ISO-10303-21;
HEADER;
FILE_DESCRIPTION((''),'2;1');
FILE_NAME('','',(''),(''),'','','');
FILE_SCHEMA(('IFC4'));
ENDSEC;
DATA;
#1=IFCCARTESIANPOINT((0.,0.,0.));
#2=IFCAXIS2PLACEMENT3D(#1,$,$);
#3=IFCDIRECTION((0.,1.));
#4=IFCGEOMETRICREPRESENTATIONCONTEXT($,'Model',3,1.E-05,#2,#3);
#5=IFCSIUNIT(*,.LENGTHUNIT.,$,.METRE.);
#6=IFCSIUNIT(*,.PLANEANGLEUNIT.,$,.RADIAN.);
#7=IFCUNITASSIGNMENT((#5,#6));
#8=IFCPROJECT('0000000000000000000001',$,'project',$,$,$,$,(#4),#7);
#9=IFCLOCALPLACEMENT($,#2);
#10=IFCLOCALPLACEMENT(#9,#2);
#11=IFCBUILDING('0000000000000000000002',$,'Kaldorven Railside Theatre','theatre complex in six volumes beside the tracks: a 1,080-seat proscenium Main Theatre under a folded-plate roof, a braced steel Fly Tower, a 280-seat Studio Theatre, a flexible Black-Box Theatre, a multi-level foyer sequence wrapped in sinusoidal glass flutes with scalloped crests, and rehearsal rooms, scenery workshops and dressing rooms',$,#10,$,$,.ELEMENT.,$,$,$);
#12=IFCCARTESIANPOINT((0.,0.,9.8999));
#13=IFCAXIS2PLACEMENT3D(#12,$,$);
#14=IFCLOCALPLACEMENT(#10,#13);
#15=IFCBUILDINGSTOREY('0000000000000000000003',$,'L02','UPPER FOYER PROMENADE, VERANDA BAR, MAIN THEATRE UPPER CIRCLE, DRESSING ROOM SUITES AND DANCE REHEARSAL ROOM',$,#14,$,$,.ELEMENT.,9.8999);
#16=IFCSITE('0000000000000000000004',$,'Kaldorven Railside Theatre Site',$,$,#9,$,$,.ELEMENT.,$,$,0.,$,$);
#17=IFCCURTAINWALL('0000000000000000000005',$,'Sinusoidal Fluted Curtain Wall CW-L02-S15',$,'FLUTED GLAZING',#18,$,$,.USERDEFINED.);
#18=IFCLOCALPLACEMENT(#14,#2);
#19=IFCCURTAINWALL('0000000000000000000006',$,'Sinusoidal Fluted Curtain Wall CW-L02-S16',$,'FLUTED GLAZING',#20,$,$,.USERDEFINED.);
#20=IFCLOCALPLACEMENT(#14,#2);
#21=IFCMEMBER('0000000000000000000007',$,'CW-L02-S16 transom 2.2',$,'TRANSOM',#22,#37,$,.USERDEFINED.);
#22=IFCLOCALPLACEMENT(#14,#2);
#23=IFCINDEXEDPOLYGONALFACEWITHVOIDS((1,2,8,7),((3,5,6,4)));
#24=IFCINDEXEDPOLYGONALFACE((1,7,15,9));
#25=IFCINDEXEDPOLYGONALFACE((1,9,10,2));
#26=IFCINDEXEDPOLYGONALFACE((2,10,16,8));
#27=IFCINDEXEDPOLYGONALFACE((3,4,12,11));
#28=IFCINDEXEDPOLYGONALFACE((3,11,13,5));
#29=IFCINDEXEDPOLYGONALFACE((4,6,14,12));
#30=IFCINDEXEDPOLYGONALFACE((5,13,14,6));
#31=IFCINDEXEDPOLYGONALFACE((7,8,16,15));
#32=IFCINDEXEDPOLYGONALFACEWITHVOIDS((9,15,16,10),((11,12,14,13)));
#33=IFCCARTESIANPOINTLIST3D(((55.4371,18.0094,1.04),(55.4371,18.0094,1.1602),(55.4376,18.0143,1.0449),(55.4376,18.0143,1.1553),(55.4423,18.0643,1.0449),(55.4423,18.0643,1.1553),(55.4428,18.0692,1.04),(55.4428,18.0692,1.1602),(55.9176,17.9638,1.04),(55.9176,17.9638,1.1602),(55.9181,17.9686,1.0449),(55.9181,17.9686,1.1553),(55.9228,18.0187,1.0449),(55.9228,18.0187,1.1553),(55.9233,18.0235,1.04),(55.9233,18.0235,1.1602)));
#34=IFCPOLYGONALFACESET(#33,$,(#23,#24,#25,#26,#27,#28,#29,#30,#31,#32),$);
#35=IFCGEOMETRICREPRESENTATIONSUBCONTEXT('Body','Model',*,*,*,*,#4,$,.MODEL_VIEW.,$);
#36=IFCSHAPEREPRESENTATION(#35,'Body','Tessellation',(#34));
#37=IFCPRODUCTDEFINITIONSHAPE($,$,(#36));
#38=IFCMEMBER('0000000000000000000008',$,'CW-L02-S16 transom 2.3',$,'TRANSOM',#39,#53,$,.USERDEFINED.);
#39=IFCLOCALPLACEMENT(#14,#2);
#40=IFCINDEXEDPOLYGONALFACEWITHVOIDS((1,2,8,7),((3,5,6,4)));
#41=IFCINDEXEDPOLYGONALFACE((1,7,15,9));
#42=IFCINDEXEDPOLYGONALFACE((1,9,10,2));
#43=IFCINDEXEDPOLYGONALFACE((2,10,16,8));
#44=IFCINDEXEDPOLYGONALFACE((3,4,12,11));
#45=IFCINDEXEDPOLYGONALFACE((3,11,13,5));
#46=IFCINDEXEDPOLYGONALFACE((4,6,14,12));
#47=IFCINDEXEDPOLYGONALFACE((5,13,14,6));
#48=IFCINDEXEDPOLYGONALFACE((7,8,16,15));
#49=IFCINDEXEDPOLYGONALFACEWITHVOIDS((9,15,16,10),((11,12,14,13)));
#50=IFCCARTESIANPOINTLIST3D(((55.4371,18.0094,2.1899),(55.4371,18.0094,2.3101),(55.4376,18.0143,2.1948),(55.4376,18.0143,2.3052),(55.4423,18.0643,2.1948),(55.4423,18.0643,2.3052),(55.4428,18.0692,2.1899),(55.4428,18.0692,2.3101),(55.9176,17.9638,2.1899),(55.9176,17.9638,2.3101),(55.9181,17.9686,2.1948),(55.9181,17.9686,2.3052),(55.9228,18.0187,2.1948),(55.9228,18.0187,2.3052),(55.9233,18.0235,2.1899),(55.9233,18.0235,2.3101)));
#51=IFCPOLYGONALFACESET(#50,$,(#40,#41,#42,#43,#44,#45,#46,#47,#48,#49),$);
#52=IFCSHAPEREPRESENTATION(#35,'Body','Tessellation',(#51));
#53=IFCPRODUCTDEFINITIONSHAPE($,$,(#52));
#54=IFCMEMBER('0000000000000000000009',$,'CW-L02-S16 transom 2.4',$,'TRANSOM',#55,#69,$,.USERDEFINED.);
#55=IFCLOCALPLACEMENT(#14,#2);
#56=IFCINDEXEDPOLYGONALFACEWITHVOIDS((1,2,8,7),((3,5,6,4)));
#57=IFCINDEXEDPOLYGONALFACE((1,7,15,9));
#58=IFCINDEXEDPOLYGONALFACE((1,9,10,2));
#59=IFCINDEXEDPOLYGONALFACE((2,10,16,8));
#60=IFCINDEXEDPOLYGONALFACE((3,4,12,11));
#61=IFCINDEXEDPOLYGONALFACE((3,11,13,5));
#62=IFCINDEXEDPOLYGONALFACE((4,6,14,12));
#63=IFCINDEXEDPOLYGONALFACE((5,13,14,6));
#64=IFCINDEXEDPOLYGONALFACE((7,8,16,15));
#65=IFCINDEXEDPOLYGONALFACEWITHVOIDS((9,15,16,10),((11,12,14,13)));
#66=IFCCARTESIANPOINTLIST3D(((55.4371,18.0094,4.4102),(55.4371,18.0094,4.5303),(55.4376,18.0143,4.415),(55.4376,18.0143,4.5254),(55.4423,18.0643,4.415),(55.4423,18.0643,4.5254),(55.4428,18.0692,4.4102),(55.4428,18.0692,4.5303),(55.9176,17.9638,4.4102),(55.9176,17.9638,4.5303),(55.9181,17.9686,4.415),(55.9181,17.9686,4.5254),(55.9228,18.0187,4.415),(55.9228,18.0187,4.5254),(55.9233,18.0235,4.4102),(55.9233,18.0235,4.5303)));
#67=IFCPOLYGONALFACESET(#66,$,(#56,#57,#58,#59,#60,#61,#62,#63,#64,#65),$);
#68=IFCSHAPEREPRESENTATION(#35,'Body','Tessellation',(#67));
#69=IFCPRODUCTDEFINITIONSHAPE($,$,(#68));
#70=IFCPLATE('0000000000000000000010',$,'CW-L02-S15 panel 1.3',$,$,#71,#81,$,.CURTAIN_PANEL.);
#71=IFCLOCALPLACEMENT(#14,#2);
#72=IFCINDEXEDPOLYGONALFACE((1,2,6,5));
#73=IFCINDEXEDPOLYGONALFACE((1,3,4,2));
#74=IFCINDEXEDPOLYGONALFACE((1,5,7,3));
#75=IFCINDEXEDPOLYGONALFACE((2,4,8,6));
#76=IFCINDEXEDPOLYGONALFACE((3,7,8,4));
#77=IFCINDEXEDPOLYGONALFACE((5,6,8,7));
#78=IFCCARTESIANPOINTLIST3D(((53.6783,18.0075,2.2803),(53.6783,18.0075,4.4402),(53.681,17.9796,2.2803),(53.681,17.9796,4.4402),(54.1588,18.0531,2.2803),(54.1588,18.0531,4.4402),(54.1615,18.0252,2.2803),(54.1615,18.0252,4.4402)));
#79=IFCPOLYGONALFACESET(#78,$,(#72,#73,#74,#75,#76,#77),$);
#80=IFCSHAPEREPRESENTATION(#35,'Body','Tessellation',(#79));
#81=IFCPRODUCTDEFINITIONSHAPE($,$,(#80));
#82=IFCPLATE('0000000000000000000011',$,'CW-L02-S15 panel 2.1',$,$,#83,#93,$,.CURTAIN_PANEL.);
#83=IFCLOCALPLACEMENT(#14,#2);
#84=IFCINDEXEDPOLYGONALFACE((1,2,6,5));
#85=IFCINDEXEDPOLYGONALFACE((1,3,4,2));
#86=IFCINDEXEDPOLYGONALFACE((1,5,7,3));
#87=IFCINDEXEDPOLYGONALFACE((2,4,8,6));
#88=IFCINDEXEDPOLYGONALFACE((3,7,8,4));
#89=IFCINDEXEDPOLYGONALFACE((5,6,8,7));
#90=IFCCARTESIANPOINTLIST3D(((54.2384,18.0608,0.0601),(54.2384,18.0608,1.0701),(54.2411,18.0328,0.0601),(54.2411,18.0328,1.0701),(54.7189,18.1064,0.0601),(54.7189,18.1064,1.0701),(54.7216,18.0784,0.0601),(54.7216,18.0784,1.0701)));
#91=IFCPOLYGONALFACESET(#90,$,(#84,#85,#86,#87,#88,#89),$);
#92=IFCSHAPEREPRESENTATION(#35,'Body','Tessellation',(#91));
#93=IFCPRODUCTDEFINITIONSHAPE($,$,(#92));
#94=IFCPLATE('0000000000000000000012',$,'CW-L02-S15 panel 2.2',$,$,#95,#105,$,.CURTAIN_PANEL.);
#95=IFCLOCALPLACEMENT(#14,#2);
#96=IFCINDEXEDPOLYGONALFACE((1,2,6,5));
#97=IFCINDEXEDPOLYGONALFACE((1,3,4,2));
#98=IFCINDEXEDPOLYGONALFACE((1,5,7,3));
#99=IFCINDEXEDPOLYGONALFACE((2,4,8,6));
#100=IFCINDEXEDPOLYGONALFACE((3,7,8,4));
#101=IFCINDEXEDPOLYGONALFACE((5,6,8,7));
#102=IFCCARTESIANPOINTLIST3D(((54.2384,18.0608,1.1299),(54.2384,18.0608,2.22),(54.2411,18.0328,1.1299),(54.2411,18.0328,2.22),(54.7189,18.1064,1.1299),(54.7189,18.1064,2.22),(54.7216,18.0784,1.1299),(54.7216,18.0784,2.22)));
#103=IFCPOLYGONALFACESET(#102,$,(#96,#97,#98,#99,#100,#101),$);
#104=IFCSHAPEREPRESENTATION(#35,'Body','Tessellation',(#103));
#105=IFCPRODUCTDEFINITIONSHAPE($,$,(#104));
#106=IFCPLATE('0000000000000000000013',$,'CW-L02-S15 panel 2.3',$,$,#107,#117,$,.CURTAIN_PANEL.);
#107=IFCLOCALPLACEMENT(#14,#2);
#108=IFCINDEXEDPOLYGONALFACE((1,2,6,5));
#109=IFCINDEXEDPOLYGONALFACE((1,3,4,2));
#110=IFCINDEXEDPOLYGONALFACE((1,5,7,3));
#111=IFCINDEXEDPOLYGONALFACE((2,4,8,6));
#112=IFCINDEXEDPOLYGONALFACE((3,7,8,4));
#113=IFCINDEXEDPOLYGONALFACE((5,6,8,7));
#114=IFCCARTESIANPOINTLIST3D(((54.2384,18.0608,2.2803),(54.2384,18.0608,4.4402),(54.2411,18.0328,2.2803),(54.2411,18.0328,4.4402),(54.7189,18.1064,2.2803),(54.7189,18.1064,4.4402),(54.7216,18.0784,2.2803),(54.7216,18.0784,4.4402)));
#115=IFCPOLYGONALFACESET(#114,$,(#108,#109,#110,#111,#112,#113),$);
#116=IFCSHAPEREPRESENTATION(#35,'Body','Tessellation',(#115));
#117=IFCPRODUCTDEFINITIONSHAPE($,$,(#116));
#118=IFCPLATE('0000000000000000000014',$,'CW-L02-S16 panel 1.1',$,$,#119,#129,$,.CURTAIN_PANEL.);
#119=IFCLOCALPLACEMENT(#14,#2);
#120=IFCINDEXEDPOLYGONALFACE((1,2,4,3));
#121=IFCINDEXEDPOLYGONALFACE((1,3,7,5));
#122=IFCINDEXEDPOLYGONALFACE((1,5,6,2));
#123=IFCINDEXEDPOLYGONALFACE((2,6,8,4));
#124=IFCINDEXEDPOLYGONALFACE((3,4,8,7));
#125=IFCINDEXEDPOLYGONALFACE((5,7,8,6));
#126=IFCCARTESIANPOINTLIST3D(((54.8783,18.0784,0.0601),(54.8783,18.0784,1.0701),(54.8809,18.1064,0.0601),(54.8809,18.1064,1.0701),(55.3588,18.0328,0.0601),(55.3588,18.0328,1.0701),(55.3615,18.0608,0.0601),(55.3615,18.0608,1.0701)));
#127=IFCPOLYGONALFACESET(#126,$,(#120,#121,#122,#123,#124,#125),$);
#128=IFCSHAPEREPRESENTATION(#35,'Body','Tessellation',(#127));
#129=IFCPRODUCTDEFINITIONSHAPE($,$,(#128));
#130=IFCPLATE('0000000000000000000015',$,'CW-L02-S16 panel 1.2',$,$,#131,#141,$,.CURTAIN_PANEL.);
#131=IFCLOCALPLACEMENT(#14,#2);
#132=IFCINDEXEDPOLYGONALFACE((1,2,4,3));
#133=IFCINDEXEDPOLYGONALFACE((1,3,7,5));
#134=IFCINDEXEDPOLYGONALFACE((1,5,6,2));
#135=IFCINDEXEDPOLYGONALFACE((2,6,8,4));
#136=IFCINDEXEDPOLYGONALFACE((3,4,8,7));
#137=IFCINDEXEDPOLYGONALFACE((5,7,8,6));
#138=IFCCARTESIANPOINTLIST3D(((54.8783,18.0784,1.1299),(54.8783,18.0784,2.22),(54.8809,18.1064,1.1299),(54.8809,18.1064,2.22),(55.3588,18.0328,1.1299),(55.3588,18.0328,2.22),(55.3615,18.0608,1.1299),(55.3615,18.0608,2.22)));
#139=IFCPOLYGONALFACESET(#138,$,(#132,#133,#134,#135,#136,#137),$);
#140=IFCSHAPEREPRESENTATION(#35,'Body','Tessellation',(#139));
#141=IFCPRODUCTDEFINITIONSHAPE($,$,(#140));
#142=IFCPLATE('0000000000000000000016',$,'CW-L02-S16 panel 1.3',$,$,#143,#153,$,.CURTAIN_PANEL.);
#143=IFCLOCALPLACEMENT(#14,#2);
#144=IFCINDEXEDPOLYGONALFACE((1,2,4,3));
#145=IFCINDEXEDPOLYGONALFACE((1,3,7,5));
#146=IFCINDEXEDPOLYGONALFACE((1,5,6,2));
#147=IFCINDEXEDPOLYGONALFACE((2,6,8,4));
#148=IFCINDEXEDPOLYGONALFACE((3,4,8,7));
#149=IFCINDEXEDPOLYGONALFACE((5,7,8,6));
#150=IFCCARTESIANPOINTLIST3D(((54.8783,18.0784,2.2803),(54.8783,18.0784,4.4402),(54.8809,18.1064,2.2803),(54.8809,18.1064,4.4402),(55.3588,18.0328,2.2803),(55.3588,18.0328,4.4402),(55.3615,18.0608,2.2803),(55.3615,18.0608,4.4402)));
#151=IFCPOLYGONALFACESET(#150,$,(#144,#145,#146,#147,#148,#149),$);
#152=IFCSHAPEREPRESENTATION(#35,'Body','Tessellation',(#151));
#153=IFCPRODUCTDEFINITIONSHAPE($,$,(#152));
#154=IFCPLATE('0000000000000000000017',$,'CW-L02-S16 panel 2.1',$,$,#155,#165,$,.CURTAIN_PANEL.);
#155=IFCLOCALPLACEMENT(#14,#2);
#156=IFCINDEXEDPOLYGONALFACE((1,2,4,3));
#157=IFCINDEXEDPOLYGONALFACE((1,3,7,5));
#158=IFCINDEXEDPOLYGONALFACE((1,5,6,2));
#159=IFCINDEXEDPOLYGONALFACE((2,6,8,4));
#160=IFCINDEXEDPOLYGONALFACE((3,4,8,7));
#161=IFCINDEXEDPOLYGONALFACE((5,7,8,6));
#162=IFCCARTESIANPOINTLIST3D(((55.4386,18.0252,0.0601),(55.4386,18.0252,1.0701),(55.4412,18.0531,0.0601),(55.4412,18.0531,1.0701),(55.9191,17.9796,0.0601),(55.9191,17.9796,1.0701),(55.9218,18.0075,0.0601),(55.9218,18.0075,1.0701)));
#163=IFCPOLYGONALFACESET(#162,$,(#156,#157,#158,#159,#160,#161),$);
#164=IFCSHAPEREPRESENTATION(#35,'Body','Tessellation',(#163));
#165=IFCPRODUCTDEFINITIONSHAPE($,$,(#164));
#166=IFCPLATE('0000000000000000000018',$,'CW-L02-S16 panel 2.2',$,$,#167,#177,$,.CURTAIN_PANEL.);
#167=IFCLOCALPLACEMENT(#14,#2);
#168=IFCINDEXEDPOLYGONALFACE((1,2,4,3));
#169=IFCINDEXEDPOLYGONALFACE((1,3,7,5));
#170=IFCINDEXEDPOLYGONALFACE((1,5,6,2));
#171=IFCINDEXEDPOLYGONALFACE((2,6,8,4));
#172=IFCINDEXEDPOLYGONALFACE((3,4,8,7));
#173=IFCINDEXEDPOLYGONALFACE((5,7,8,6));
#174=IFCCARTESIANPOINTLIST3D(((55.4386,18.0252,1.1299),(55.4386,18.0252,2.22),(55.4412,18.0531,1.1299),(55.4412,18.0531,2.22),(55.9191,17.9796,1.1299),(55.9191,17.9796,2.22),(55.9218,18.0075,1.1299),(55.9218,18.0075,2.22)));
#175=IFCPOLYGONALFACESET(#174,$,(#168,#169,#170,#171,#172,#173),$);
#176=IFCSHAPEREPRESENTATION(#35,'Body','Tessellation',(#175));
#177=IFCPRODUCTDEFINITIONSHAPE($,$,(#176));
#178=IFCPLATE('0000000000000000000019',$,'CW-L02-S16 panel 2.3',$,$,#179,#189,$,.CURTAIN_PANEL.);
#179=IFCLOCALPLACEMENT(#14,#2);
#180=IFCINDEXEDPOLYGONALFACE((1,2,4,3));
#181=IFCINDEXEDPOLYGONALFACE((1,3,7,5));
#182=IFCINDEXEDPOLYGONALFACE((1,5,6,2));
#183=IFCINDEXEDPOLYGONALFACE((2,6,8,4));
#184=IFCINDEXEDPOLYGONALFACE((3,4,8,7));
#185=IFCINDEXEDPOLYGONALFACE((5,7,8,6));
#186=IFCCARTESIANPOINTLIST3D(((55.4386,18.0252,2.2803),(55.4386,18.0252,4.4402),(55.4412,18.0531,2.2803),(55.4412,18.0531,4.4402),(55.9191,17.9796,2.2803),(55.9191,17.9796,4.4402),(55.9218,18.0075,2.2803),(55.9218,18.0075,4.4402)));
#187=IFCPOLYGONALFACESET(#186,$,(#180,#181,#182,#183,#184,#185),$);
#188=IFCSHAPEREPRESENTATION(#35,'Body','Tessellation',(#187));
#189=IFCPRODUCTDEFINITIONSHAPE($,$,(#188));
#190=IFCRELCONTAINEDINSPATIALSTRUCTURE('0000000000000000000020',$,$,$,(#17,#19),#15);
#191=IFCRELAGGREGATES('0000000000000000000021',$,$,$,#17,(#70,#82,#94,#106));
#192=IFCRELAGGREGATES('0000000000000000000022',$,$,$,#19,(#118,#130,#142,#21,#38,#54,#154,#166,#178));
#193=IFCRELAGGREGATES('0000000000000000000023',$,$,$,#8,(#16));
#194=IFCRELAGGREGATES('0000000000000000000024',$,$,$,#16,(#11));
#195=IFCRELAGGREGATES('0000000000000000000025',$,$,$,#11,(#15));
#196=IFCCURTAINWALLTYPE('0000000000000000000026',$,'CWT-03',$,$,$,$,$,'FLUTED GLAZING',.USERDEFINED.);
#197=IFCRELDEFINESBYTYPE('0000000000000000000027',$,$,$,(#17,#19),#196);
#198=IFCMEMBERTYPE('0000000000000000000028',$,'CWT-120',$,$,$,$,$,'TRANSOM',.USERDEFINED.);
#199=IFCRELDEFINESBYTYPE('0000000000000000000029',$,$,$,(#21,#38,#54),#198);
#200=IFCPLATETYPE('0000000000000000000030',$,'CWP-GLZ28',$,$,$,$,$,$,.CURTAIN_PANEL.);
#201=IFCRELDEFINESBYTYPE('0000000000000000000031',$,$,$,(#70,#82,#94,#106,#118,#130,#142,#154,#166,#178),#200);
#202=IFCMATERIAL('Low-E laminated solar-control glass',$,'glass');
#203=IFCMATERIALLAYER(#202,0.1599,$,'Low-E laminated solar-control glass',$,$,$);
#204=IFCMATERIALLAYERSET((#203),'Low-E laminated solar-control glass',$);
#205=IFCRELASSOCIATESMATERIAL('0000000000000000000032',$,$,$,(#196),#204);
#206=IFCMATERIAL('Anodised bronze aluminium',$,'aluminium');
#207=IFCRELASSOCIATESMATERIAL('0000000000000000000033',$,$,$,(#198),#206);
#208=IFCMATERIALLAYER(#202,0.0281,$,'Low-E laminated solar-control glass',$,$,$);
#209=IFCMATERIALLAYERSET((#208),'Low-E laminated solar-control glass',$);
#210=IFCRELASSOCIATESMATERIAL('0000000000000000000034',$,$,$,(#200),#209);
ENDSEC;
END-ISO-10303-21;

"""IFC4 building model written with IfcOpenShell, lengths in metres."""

from ifc_helpers import new_model, si_unit, direction, frame, origin, origin_2d, place, context, subcontext, project, spatial, rectangle, hollow_rectangle, extrude, material, layer, layer_set, material_profile, profile_set, type_object, element, aggregate, save


model = new_model("IFC4")

# Units and contexts
model_context = context("Model", 3, precision=1e-05, world=origin(), true_north=direction((0.0, 1.0)))
body_context = subcontext(model_context, "Body", "Model", "MODEL_VIEW")
ifc_project = project(units=[si_unit("LENGTHUNIT", "METRE"), si_unit("PLANEANGLEUNIT", "RADIAN")], contexts=[model_context])

# Site, building, storey
site_placement = place(None, origin())
site = spatial("IfcSite", under=ifc_project, at=site_placement, Name="Kaldorven Railside Theatre Site", CompositionType="ELEMENT", RefElevation=0.0)
building_placement = place(site_placement, origin())
building = spatial("IfcBuilding", under=site, at=building_placement, Name="Kaldorven Railside Theatre", Description="theatre complex in six volumes beside the tracks: a 1,080-seat proscenium Main Theatre under a folded-plate roof, a braced steel Fly Tower, a 280-seat Studio Theatre, a flexible Black-Box Theatre, a multi-level foyer sequence wrapped in sinusoidal glass flutes with scalloped crests, and rehearsal rooms, scenery workshops and dressing rooms", CompositionType="ELEMENT")
storey_placement = place(building_placement, frame((0.0, 0.0, 9.8999)))
storey = spatial("IfcBuildingStorey", under=building, at=storey_placement, Name="L02", Description="UPPER FOYER PROMENADE, VERANDA BAR, MAIN THEATRE UPPER CIRCLE, DRESSING ROOM SUITES AND DANCE REHEARSAL ROOM", CompositionType="ELEMENT", Elevation=9.8999)

# Curtain wall
ifc_material_1 = material(Name="Low-E laminated solar-control glass", Category="glass")
ifc_layer_1 = layer(ifc_material_1, 0.1599, Name="Low-E laminated solar-control glass")
ifc_layer_set_1 = layer_set([ifc_layer_1], Name="Low-E laminated solar-control glass")
curtain_wall_type = type_object("IfcCurtainWallType", Name="CWT-03", ElementType="FLUTED GLAZING", PredefinedType="USERDEFINED", material=ifc_layer_set_1)
curtain_wall_1_placement = place(storey_placement, origin())
curtain_wall_1 = element("IfcCurtainWall", 1, at=curtain_wall_1_placement, inside=storey, type_object=curtain_wall_type, Name="Sinusoidal Fluted Curtain Wall CW-L02-S15", ObjectType="FLUTED GLAZING", PredefinedType="USERDEFINED")
ifc_material_2 = material(Name="Anodised bronze aluminium", Category="aluminium")

# Curtain wall
curtain_wall_2_placement = place(storey_placement, origin())
curtain_wall_2 = element("IfcCurtainWall", 2, at=curtain_wall_2_placement, inside=storey, type_object=curtain_wall_type, Name="Sinusoidal Fluted Curtain Wall CW-L02-S16", ObjectType="FLUTED GLAZING", PredefinedType="USERDEFINED")

# Members
ifc_material_profile_1 = material_profile(ifc_material_2, hollow_rectangle(XDim=0.0601, YDim=0.1201, WallThickness=0.0049, at=origin_2d()), Name="RHS 120x60x5")
ifc_profile_set_1 = profile_set([ifc_material_profile_1], Name="Anodised bronze aluminium")
member_type_1 = type_object("IfcMemberType", Name="CWT-120", ElementType="TRANSOM", PredefinedType="USERDEFINED", material=ifc_profile_set_1)
member_1_placement = place(storey_placement, frame((55.4399, 18.0393, 1.1001), z_axis=(0.995516, -0.094594, 0.0), x_axis=(0.094594, 0.995516, 0.0)))
member_1 = element("IfcMember", 3, at=member_1_placement, type_object=member_type_1, Name="CW-L02-S16 transom 2.2", ObjectType="TRANSOM", PredefinedType="USERDEFINED", context=body_context, shape_type="SweptSolid", body=[
    extrude(hollow_rectangle(XDim=0.0601, YDim=0.1201, WallThickness=0.0049, at=origin_2d()), origin(), (0.0, 0.0, 1.0), 0.4827),
])
member_2_placement = place(storey_placement, frame((55.4399, 18.0393, 2.25), z_axis=(0.995516, -0.094594, 0.0), x_axis=(0.094594, 0.995516, 0.0)))
member_2 = element("IfcMember", 4, at=member_2_placement, type_object=member_type_1, Name="CW-L02-S16 transom 2.3", ObjectType="TRANSOM", PredefinedType="USERDEFINED", context=body_context, shape_type="SweptSolid", body=[
    extrude(hollow_rectangle(XDim=0.0601, YDim=0.1201, WallThickness=0.0049, at=origin_2d()), origin(), (0.0, 0.0, 1.0), 0.4827),
])
member_3_placement = place(storey_placement, frame((55.4399, 18.0393, 4.4702), z_axis=(0.995516, -0.094594, 0.0), x_axis=(0.094594, 0.995516, 0.0)))
member_3 = element("IfcMember", 5, at=member_3_placement, type_object=member_type_1, Name="CW-L02-S16 transom 2.4", ObjectType="TRANSOM", PredefinedType="USERDEFINED", context=body_context, shape_type="SweptSolid", body=[
    extrude(hollow_rectangle(XDim=0.0601, YDim=0.1201, WallThickness=0.0049, at=origin_2d()), origin(), (0.0, 0.0, 1.0), 0.4827),
])

# Plates
ifc_layer_2 = layer(ifc_material_1, 0.0281, Name="Low-E laminated solar-control glass")
ifc_layer_set_2 = layer_set([ifc_layer_2], Name="Low-E laminated solar-control glass")
plate_type = type_object("IfcPlateType", Name="CWP-GLZ28", PredefinedType="CURTAIN_PANEL", material=ifc_layer_set_2)
plate_1_placement = place(storey_placement, frame((53.9199, 18.0164, 2.2803), z_axis=(0.0, 0.0, 1.0), x_axis=(0.995526, 0.094492, 0.0)))
plate_1 = element("IfcPlate", 6, at=plate_1_placement, type_object=plate_type, Name="CW-L02-S15 panel 1.3", PredefinedType="CURTAIN_PANEL", context=body_context, shape_type="SweptSolid", body=[
    extrude(rectangle(XDim=0.4827, YDim=0.0281, at=origin_2d()), origin(), (0.0, 0.0, 1.0), 2.1599),
])
plate_2_placement = place(storey_placement, frame((54.48, 18.0696, 0.0601), z_axis=(0.0, 0.0, 1.0), x_axis=(0.995526, 0.094492, 0.0)))
plate_2 = element("IfcPlate", 7, at=plate_2_placement, type_object=plate_type, Name="CW-L02-S15 panel 2.1", PredefinedType="CURTAIN_PANEL", context=body_context, shape_type="SweptSolid", body=[
    extrude(rectangle(XDim=0.4827, YDim=0.0281, at=origin_2d()), origin(), (0.0, 0.0, 1.0), 1.01),
])
plate_3_placement = place(storey_placement, frame((54.48, 18.0696, 1.1299), z_axis=(0.0, 0.0, 1.0), x_axis=(0.995526, 0.094492, 0.0)))
plate_3 = element("IfcPlate", 8, at=plate_3_placement, type_object=plate_type, Name="CW-L02-S15 panel 2.2", PredefinedType="CURTAIN_PANEL", context=body_context, shape_type="SweptSolid", body=[
    extrude(rectangle(XDim=0.4827, YDim=0.0281, at=origin_2d()), origin(), (0.0, 0.0, 1.0), 1.0901),
])
plate_4_placement = place(storey_placement, frame((54.48, 18.0696, 2.2803), z_axis=(0.0, 0.0, 1.0), x_axis=(0.995526, 0.094492, 0.0)))
plate_4 = element("IfcPlate", 9, at=plate_4_placement, type_object=plate_type, Name="CW-L02-S15 panel 2.3", PredefinedType="CURTAIN_PANEL", context=body_context, shape_type="SweptSolid", body=[
    extrude(rectangle(XDim=0.4827, YDim=0.0281, at=origin_2d()), origin(), (0.0, 0.0, 1.0), 2.1599),
])
aggregate(curtain_wall_1, [plate_1, plate_2, plate_3, plate_4])
plate_5_placement = place(storey_placement, frame((55.1199, 18.0696, 0.0601), z_axis=(0.0, 0.0, 1.0), x_axis=(0.995526, -0.094492, 0.0)))
plate_5 = element("IfcPlate", 10, at=plate_5_placement, type_object=plate_type, Name="CW-L02-S16 panel 1.1", PredefinedType="CURTAIN_PANEL", context=body_context, shape_type="SweptSolid", body=[
    extrude(rectangle(XDim=0.4827, YDim=0.0281, at=origin_2d()), origin(), (0.0, 0.0, 1.0), 1.01),
])
plate_6_placement = place(storey_placement, frame((55.1199, 18.0696, 1.1299), z_axis=(0.0, 0.0, 1.0), x_axis=(0.995526, -0.094492, 0.0)))
plate_6 = element("IfcPlate", 11, at=plate_6_placement, type_object=plate_type, Name="CW-L02-S16 panel 1.2", PredefinedType="CURTAIN_PANEL", context=body_context, shape_type="SweptSolid", body=[
    extrude(rectangle(XDim=0.4827, YDim=0.0281, at=origin_2d()), origin(), (0.0, 0.0, 1.0), 1.0901),
])
plate_7_placement = place(storey_placement, frame((55.1199, 18.0696, 2.2803), z_axis=(0.0, 0.0, 1.0), x_axis=(0.995526, -0.094492, 0.0)))
plate_7 = element("IfcPlate", 12, at=plate_7_placement, type_object=plate_type, Name="CW-L02-S16 panel 1.3", PredefinedType="CURTAIN_PANEL", context=body_context, shape_type="SweptSolid", body=[
    extrude(rectangle(XDim=0.4827, YDim=0.0281, at=origin_2d()), origin(), (0.0, 0.0, 1.0), 2.1599),
])
plate_8_placement = place(storey_placement, frame((55.6802, 18.0164, 0.0601), z_axis=(0.0, 0.0, 1.0), x_axis=(0.995526, -0.094492, 0.0)))
plate_8 = element("IfcPlate", 13, at=plate_8_placement, type_object=plate_type, Name="CW-L02-S16 panel 2.1", PredefinedType="CURTAIN_PANEL", context=body_context, shape_type="SweptSolid", body=[
    extrude(rectangle(XDim=0.4827, YDim=0.0281, at=origin_2d()), origin(), (0.0, 0.0, 1.0), 1.01),
])
plate_9_placement = place(storey_placement, frame((55.6802, 18.0164, 1.1299), z_axis=(0.0, 0.0, 1.0), x_axis=(0.995526, -0.094492, 0.0)))
plate_9 = element("IfcPlate", 14, at=plate_9_placement, type_object=plate_type, Name="CW-L02-S16 panel 2.2", PredefinedType="CURTAIN_PANEL", context=body_context, shape_type="SweptSolid", body=[
    extrude(rectangle(XDim=0.4827, YDim=0.0281, at=origin_2d()), origin(), (0.0, 0.0, 1.0), 1.0901),
])
plate_10_placement = place(storey_placement, frame((55.6802, 18.0164, 2.2803), z_axis=(0.0, 0.0, 1.0), x_axis=(0.995526, -0.094492, 0.0)))
plate_10 = element("IfcPlate", 15, at=plate_10_placement, type_object=plate_type, Name="CW-L02-S16 panel 2.3", PredefinedType="CURTAIN_PANEL", context=body_context, shape_type="SweptSolid", body=[
    extrude(rectangle(XDim=0.4827, YDim=0.0281, at=origin_2d()), origin(), (0.0, 0.0, 1.0), 2.1599),
])
aggregate(curtain_wall_2, [plate_5, plate_6, plate_7, member_1, member_2, member_3, plate_8, plate_9, plate_10])

save(model, "model.ifc")
